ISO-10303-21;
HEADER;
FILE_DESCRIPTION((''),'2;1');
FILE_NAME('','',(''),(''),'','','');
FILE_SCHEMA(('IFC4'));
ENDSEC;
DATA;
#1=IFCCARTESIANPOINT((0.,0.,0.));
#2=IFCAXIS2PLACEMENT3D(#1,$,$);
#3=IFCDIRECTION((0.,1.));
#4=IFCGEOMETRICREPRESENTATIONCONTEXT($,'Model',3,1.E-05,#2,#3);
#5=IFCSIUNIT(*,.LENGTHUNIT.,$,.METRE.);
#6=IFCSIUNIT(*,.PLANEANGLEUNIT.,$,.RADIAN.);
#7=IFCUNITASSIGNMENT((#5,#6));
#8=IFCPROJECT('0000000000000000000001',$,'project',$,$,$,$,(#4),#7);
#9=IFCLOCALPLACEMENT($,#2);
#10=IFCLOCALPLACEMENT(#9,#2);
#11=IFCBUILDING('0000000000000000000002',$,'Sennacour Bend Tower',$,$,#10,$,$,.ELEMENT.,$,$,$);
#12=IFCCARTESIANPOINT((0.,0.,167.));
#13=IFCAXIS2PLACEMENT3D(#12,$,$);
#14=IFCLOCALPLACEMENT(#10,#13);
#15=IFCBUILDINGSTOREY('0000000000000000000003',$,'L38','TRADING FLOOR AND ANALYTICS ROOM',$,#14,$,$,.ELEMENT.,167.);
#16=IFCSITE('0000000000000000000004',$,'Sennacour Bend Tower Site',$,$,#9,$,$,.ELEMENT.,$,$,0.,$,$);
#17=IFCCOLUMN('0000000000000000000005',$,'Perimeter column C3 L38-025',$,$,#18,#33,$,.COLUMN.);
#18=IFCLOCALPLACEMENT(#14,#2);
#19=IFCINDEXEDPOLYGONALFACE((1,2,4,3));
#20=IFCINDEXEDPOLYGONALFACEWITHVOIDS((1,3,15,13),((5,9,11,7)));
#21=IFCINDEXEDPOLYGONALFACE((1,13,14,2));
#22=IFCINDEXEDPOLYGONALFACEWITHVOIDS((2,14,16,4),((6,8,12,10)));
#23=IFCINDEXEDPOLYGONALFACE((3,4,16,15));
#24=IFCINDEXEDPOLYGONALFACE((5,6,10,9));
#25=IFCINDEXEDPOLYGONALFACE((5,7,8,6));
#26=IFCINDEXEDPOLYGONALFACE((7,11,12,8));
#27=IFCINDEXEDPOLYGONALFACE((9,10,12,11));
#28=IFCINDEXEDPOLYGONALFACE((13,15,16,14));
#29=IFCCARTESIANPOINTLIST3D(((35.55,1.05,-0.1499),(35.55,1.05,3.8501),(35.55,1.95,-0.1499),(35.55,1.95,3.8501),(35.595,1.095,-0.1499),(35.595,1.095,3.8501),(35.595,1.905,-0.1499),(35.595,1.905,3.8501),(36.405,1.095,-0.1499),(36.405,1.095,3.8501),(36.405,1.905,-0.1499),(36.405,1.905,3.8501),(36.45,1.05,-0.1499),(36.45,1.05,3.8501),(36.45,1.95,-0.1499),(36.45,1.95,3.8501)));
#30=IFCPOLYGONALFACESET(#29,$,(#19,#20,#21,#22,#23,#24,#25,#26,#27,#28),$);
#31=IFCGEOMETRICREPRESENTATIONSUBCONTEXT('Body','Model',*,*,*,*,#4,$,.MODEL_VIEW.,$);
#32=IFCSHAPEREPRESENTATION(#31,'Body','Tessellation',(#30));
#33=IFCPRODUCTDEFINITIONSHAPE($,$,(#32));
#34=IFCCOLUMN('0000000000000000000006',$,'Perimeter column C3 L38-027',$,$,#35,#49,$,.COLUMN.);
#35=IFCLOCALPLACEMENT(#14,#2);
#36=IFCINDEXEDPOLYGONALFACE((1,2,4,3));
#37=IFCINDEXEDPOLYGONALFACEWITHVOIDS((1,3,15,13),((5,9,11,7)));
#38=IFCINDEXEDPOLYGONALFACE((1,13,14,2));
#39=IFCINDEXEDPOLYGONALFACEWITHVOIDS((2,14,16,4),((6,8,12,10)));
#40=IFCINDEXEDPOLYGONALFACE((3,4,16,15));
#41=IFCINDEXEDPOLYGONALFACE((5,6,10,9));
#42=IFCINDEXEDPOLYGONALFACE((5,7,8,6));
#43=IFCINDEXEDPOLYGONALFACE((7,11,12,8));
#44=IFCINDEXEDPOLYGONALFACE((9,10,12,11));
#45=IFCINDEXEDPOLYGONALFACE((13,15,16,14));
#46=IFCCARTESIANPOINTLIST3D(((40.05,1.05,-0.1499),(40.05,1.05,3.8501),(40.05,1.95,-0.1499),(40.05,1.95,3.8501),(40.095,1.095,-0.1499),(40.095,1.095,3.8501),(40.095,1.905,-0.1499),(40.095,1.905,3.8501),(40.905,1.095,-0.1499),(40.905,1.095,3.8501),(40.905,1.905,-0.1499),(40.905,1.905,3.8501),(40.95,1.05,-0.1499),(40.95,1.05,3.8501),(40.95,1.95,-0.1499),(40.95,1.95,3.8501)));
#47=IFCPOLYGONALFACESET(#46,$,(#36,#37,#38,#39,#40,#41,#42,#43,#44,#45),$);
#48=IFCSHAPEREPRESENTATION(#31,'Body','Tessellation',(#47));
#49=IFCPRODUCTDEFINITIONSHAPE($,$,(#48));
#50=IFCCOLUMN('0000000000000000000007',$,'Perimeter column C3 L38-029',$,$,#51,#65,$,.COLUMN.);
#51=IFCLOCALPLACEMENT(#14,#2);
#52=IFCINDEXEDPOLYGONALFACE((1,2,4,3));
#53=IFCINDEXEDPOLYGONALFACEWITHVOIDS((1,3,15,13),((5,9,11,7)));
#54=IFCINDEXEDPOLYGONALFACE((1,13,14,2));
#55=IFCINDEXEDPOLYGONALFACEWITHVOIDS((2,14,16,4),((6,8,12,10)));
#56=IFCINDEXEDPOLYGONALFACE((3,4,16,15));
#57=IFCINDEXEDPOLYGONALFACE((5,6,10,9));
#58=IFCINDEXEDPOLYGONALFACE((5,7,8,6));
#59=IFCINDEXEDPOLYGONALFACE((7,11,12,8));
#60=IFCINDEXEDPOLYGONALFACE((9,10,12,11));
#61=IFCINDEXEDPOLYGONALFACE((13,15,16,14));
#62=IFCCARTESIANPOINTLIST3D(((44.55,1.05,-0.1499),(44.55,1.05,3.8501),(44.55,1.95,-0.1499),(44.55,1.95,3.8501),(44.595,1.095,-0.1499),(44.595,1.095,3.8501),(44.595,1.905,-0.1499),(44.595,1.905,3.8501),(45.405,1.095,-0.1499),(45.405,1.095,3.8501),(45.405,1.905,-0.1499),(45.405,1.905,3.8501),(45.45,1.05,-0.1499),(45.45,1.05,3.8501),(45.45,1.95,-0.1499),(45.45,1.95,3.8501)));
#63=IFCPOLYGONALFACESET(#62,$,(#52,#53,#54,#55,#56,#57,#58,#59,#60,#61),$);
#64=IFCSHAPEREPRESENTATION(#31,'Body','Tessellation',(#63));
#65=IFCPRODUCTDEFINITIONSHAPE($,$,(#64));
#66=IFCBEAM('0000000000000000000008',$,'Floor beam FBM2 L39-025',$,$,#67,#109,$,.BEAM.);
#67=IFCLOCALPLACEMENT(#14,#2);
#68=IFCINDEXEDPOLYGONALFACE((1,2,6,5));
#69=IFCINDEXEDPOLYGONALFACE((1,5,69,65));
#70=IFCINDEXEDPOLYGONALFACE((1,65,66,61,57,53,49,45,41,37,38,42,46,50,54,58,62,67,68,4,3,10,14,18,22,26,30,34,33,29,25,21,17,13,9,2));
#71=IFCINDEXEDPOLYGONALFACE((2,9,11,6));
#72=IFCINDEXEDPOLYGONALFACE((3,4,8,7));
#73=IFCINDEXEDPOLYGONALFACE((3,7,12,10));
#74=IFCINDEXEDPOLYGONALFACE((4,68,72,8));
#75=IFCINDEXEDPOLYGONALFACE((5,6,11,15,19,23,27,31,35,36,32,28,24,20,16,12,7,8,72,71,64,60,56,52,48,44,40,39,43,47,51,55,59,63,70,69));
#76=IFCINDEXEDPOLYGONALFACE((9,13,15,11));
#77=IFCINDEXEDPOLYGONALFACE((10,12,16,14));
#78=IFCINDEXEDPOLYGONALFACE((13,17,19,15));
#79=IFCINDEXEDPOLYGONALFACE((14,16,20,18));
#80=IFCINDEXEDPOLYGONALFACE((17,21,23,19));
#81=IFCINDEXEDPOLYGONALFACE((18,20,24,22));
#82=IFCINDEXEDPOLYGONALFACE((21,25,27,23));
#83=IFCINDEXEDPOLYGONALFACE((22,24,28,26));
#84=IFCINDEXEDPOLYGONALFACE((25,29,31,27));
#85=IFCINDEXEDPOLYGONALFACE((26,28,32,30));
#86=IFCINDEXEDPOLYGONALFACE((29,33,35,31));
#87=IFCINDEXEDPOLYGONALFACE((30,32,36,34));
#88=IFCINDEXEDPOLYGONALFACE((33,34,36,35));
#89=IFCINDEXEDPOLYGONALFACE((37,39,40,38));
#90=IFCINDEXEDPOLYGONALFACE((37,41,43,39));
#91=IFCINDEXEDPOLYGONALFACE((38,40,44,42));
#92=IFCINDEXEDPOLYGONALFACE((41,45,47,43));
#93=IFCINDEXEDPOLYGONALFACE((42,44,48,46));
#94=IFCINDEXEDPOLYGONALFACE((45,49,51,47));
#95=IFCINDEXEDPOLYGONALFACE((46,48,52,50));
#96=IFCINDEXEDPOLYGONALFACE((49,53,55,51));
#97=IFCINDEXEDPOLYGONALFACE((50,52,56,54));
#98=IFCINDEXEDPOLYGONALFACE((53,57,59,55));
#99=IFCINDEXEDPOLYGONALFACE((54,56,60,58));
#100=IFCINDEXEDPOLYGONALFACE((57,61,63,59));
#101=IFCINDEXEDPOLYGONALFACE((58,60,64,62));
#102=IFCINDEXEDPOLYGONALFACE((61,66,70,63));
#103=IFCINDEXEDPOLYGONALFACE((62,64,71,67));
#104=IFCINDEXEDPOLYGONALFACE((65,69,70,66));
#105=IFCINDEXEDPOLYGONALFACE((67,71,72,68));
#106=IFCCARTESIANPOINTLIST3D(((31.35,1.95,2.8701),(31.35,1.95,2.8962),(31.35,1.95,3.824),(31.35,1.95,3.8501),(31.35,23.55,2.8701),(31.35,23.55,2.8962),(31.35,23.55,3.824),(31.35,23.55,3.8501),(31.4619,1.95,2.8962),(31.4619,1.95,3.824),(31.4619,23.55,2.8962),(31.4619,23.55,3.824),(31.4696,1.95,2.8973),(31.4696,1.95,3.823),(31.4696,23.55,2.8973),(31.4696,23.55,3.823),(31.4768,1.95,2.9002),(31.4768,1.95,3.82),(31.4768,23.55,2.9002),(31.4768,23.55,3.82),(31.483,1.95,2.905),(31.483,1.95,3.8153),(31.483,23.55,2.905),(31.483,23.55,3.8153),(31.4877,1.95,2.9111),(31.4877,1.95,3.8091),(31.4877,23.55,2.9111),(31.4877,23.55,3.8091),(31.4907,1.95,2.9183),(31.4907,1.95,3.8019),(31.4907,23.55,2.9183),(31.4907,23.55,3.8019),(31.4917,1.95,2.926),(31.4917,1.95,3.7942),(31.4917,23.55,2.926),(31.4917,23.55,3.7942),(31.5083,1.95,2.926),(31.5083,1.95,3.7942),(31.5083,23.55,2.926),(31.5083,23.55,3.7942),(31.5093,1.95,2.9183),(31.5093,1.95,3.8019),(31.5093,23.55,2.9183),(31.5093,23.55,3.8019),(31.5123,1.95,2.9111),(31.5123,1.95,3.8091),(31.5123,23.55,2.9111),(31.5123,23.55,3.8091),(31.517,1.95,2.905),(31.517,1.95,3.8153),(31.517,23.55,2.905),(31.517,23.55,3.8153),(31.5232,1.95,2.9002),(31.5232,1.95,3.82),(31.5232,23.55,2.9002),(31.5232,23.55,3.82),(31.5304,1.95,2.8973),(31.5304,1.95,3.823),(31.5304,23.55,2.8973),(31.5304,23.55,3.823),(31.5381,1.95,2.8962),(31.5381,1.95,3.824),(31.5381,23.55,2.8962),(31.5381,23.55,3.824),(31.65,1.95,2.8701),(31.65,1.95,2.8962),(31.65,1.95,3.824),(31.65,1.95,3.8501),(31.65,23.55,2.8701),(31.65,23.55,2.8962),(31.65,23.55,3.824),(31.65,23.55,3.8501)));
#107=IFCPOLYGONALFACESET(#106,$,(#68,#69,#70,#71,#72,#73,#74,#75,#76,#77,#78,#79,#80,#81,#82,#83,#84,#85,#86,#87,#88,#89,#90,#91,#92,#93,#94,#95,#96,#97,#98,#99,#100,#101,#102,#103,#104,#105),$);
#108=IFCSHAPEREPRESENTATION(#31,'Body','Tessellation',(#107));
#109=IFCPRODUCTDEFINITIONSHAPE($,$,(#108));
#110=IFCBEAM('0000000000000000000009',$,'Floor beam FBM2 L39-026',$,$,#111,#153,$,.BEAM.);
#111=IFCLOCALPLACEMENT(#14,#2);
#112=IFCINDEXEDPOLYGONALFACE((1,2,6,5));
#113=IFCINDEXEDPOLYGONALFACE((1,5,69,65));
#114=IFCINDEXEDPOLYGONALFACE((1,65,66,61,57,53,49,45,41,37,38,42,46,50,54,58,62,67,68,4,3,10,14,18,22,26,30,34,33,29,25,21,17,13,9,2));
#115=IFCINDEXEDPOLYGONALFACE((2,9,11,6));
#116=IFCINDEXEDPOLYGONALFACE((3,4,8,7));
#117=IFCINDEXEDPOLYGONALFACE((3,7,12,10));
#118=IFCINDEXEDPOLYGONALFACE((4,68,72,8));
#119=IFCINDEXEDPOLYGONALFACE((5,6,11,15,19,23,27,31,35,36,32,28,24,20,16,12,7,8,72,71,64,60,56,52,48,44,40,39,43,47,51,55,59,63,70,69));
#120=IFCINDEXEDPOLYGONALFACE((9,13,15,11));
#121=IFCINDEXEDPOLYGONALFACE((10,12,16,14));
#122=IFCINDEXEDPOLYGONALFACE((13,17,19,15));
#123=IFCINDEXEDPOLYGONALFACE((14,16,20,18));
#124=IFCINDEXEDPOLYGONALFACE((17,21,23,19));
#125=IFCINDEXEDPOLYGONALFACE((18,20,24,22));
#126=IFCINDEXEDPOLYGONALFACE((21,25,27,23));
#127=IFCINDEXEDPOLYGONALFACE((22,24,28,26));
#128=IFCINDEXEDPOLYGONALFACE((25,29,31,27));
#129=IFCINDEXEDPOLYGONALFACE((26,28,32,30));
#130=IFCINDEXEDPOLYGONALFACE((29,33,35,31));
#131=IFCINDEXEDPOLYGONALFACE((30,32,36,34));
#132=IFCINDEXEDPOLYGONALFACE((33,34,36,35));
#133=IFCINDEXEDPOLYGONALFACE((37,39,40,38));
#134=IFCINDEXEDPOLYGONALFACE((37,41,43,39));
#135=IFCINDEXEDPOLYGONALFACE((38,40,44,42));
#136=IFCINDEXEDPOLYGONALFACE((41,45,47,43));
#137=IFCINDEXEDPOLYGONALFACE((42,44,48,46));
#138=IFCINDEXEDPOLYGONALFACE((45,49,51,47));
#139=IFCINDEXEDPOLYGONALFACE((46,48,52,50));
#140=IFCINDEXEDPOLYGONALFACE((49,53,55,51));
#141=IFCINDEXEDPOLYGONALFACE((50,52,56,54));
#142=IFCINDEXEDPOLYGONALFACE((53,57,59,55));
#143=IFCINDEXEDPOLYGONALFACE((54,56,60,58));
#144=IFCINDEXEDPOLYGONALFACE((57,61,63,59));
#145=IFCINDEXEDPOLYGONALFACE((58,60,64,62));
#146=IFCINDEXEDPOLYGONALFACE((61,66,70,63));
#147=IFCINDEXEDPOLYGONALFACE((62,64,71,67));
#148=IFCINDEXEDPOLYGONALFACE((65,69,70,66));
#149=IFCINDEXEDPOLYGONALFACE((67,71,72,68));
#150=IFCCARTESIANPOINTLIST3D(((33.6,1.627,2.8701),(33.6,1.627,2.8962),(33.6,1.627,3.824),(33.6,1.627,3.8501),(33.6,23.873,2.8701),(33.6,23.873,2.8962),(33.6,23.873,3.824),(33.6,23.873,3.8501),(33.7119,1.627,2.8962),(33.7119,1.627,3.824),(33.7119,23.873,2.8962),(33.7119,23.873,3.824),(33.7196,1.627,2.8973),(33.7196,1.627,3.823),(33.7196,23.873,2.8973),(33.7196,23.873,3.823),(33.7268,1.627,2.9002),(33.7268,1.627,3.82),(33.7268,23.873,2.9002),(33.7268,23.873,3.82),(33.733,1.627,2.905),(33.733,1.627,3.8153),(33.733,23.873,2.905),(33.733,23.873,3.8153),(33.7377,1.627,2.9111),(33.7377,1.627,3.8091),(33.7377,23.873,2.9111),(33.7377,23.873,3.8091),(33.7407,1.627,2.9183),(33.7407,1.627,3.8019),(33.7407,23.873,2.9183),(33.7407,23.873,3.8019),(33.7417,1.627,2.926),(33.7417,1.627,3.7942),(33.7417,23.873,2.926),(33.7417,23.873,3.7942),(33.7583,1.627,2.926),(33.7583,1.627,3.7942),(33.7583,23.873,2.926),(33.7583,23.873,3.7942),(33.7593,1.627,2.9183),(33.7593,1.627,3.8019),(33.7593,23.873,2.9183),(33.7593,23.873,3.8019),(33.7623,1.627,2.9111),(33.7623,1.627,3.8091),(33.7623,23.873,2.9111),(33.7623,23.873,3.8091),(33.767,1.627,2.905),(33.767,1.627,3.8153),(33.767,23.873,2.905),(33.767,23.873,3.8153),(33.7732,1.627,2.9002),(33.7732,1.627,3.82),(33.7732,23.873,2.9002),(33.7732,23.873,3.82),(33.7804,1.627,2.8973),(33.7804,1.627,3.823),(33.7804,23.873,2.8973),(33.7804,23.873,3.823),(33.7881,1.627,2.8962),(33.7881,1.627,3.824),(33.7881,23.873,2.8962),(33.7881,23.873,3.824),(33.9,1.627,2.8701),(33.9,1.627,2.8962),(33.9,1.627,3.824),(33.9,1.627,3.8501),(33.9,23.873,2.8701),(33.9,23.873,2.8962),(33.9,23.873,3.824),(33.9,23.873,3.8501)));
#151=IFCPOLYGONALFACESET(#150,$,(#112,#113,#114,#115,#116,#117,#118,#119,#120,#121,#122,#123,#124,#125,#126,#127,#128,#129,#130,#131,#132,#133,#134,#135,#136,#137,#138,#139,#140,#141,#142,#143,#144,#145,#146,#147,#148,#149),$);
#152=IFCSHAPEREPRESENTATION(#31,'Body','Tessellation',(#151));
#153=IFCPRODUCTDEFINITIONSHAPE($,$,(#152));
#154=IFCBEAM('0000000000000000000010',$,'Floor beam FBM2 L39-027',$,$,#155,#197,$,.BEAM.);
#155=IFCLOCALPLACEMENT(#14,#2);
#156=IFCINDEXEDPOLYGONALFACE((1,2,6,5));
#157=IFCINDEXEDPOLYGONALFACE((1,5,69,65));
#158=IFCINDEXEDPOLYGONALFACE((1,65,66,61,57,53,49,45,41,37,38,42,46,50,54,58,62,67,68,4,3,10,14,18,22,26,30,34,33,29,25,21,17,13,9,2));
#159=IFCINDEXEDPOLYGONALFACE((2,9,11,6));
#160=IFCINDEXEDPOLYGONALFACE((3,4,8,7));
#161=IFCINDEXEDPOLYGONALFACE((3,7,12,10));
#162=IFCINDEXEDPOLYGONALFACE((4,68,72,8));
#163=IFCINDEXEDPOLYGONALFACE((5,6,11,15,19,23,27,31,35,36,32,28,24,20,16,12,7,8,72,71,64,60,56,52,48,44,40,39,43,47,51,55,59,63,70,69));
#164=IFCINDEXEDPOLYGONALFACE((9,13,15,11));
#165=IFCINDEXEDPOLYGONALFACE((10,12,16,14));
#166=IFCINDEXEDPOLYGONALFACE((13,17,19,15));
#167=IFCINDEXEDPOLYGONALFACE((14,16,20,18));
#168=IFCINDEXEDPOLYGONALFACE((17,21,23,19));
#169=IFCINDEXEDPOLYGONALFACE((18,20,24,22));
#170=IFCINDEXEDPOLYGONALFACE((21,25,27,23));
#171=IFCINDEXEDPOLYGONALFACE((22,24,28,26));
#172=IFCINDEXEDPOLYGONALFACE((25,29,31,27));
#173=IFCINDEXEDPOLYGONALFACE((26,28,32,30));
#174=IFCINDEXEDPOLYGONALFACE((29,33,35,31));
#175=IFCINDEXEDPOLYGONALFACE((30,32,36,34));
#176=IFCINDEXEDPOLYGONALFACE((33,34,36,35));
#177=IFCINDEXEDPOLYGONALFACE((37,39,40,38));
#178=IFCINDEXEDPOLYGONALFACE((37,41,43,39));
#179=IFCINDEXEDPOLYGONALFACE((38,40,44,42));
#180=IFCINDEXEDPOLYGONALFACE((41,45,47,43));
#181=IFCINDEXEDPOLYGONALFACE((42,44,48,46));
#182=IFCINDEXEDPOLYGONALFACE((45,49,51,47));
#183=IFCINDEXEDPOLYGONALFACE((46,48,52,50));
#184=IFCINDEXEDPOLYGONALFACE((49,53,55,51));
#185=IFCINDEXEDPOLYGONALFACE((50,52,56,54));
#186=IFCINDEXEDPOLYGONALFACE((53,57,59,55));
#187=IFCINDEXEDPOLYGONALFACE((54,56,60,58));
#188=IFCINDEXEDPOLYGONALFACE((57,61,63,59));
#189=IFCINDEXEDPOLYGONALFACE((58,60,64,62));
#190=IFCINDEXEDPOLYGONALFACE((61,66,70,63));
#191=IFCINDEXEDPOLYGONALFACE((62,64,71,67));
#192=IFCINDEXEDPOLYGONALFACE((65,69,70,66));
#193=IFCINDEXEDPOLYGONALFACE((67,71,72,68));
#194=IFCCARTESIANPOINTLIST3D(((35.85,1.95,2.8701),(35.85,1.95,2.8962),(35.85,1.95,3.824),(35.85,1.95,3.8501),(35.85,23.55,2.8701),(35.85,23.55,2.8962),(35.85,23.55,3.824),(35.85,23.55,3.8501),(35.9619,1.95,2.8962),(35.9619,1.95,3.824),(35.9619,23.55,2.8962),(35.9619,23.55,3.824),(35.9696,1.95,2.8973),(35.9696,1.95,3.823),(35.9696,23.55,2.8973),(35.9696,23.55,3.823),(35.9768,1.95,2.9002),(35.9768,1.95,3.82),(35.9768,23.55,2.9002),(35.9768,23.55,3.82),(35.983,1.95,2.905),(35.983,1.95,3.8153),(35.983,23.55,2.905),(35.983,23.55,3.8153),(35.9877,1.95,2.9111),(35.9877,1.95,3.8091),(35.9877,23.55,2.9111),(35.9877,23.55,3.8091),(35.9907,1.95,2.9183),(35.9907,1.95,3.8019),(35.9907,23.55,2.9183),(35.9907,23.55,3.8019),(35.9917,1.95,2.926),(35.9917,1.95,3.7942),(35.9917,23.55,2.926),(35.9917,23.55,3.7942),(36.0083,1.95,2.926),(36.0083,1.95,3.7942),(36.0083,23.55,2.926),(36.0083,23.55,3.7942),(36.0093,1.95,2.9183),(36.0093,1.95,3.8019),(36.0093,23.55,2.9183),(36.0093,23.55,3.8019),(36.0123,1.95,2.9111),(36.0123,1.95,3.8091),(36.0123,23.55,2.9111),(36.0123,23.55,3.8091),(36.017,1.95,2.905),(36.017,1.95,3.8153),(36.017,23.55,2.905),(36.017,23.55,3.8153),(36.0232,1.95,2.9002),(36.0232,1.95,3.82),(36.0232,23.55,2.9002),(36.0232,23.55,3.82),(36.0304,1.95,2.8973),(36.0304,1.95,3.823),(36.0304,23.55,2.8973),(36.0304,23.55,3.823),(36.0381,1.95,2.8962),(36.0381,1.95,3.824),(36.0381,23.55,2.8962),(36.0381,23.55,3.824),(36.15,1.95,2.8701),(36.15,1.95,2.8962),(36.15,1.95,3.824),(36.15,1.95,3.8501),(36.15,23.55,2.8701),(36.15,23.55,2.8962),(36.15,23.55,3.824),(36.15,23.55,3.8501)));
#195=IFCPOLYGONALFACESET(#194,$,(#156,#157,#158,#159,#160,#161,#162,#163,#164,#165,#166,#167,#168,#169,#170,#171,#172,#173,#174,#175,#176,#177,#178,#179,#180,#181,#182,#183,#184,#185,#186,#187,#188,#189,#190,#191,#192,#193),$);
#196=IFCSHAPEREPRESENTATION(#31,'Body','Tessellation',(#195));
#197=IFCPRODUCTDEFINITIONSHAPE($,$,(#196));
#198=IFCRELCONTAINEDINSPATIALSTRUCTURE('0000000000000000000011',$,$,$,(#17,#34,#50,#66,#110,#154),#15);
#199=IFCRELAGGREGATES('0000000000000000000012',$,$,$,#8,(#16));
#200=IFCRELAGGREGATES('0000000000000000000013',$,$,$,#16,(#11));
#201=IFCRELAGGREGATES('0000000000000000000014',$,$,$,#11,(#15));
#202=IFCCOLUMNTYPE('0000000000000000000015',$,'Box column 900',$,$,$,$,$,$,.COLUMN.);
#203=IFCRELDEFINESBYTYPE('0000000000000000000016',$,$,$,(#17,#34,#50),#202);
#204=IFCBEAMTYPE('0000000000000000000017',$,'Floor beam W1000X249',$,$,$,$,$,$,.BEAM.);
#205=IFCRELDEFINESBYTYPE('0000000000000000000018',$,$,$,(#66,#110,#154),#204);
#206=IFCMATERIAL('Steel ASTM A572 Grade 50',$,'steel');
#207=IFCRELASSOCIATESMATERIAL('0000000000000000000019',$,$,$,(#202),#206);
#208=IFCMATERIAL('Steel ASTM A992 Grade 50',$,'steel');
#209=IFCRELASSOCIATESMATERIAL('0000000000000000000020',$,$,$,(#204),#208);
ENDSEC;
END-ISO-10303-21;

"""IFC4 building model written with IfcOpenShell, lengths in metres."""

from ifc_helpers import new_model, si_unit, direction, frame, origin, origin_2d, place, context, subcontext, project, spatial, hollow_rectangle, i_section, extrude, material, material_profile, profile_set, type_object, element, save


model = new_model("IFC4")

# Units and contexts
model_context = context("Model", 3, precision=1e-05, world=origin(), true_north=direction((0.0, 1.0)))
body_context = subcontext(model_context, "Body", "Model", "MODEL_VIEW")
ifc_project = project(units=[si_unit("LENGTHUNIT", "METRE"), si_unit("PLANEANGLEUNIT", "RADIAN")], contexts=[model_context])

# Site, building, storey
site_placement = place(None, origin())
site = spatial("IfcSite", under=ifc_project, at=site_placement, Name="Sennacour Bend Tower Site", CompositionType="ELEMENT", RefElevation=0.0)
building_placement = place(site_placement, origin())
building = spatial("IfcBuilding", under=site, at=building_placement, Name="Sennacour Bend Tower", CompositionType="ELEMENT")
storey_placement = place(building_placement, frame((0.0, 0.0, 167.0)))
storey = spatial("IfcBuildingStorey", under=building, at=storey_placement, Name="L38", Description="TRADING FLOOR AND ANALYTICS ROOM", CompositionType="ELEMENT", Elevation=167.0)

# Columns
ifc_material_1 = material(Name="Steel ASTM A572 Grade 50", Category="steel")
ifc_material_profile_1 = material_profile(ifc_material_1, hollow_rectangle(XDim=0.8999, YDim=0.8999, WallThickness=0.0449, at=origin_2d()), Name="Steel ASTM A572 Grade 50", Category="steel")
ifc_profile_set_1 = profile_set([ifc_material_profile_1], Name="Steel ASTM A572 Grade 50")
column_type = type_object("IfcColumnType", Name="Box column 900", PredefinedType="COLUMN", material=ifc_profile_set_1)
for number, where, z_axis, x_axis, name in (
    (1, (36.0, 1.5, -0.1499), (0.0, 0.0, 1.0), (1.0, 0.0, 0.0), "Perimeter column C3 L38-025"),
    (2, (40.5, 1.5, -0.1499), (0.0, 0.0, 1.0), (1.0, 0.0, 0.0), "Perimeter column C3 L38-027"),
    (3, (45.0, 1.5, -0.1499), (0.0, 0.0, 1.0), (1.0, 0.0, 0.0), "Perimeter column C3 L38-029"),
):
    element("IfcColumn", number, at=place(storey_placement, frame(where, z_axis=z_axis, x_axis=x_axis)), inside=storey, type_object=column_type, Name=name, PredefinedType="COLUMN", context=body_context, shape_type="SweptSolid", body=[
        extrude(hollow_rectangle(XDim=0.8999, YDim=0.8999, WallThickness=0.0449, at=origin_2d()), origin(), (0.0, 0.0, 1.0), 4.0),
    ])

# Beams
ifc_material_2 = material(Name="Steel ASTM A992 Grade 50", Category="steel")
ifc_material_profile_2 = material_profile(ifc_material_2, i_section(OverallWidth=0.3, OverallDepth=0.98, WebThickness=0.0166, FlangeThickness=0.0261, FilletRadius=0.0298, at=origin_2d()), Name="Steel ASTM A992 Grade 50", Category="steel")
ifc_profile_set_2 = profile_set([ifc_material_profile_2], Name="Steel ASTM A992 Grade 50")
beam_type_1 = type_object("IfcBeamType", Name="Floor beam W1000X249", PredefinedType="BEAM", material=ifc_profile_set_2)
beam_1_placement = place(storey_placement, frame((31.5, 1.95, 3.3601), z_axis=(0.0, 1.0, 0.0), x_axis=(-1.0, 0.0, 0.0)))
element("IfcBeam", 4, at=beam_1_placement, inside=storey, type_object=beam_type_1, Name="Floor beam FBM2 L39-025", PredefinedType="BEAM", context=body_context, shape_type="SweptSolid", body=[
    extrude(i_section(OverallWidth=0.3, OverallDepth=0.98, WebThickness=0.0166, FlangeThickness=0.0261, FilletRadius=0.0298, at=origin_2d()), origin(), (0.0, 0.0, 1.0), 21.6001),
])
beam_2_placement = place(storey_placement, frame((33.75, 1.627, 3.3601), z_axis=(0.0, 1.0, 0.0), x_axis=(-1.0, 0.0, 0.0)))
element("IfcBeam", 5, at=beam_2_placement, inside=storey, type_object=beam_type_1, Name="Floor beam FBM2 L39-026", PredefinedType="BEAM", context=body_context, shape_type="SweptSolid", body=[
    extrude(i_section(OverallWidth=0.3, OverallDepth=0.98, WebThickness=0.0166, FlangeThickness=0.0261, FilletRadius=0.0298, at=origin_2d()), origin(), (0.0, 0.0, 1.0), 22.2461),
])
beam_3_placement = place(storey_placement, frame((36.0, 1.95, 3.3601), z_axis=(0.0, 1.0, 0.0), x_axis=(-1.0, 0.0, 0.0)))
element("IfcBeam", 6, at=beam_3_placement, inside=storey, type_object=beam_type_1, Name="Floor beam FBM2 L39-027", PredefinedType="BEAM", context=body_context, shape_type="SweptSolid", body=[
    extrude(i_section(OverallWidth=0.3, OverallDepth=0.98, WebThickness=0.0166, FlangeThickness=0.0261, FilletRadius=0.0298, at=origin_2d()), origin(), (0.0, 0.0, 1.0), 21.6001),
])

save(model, "model.ifc")
